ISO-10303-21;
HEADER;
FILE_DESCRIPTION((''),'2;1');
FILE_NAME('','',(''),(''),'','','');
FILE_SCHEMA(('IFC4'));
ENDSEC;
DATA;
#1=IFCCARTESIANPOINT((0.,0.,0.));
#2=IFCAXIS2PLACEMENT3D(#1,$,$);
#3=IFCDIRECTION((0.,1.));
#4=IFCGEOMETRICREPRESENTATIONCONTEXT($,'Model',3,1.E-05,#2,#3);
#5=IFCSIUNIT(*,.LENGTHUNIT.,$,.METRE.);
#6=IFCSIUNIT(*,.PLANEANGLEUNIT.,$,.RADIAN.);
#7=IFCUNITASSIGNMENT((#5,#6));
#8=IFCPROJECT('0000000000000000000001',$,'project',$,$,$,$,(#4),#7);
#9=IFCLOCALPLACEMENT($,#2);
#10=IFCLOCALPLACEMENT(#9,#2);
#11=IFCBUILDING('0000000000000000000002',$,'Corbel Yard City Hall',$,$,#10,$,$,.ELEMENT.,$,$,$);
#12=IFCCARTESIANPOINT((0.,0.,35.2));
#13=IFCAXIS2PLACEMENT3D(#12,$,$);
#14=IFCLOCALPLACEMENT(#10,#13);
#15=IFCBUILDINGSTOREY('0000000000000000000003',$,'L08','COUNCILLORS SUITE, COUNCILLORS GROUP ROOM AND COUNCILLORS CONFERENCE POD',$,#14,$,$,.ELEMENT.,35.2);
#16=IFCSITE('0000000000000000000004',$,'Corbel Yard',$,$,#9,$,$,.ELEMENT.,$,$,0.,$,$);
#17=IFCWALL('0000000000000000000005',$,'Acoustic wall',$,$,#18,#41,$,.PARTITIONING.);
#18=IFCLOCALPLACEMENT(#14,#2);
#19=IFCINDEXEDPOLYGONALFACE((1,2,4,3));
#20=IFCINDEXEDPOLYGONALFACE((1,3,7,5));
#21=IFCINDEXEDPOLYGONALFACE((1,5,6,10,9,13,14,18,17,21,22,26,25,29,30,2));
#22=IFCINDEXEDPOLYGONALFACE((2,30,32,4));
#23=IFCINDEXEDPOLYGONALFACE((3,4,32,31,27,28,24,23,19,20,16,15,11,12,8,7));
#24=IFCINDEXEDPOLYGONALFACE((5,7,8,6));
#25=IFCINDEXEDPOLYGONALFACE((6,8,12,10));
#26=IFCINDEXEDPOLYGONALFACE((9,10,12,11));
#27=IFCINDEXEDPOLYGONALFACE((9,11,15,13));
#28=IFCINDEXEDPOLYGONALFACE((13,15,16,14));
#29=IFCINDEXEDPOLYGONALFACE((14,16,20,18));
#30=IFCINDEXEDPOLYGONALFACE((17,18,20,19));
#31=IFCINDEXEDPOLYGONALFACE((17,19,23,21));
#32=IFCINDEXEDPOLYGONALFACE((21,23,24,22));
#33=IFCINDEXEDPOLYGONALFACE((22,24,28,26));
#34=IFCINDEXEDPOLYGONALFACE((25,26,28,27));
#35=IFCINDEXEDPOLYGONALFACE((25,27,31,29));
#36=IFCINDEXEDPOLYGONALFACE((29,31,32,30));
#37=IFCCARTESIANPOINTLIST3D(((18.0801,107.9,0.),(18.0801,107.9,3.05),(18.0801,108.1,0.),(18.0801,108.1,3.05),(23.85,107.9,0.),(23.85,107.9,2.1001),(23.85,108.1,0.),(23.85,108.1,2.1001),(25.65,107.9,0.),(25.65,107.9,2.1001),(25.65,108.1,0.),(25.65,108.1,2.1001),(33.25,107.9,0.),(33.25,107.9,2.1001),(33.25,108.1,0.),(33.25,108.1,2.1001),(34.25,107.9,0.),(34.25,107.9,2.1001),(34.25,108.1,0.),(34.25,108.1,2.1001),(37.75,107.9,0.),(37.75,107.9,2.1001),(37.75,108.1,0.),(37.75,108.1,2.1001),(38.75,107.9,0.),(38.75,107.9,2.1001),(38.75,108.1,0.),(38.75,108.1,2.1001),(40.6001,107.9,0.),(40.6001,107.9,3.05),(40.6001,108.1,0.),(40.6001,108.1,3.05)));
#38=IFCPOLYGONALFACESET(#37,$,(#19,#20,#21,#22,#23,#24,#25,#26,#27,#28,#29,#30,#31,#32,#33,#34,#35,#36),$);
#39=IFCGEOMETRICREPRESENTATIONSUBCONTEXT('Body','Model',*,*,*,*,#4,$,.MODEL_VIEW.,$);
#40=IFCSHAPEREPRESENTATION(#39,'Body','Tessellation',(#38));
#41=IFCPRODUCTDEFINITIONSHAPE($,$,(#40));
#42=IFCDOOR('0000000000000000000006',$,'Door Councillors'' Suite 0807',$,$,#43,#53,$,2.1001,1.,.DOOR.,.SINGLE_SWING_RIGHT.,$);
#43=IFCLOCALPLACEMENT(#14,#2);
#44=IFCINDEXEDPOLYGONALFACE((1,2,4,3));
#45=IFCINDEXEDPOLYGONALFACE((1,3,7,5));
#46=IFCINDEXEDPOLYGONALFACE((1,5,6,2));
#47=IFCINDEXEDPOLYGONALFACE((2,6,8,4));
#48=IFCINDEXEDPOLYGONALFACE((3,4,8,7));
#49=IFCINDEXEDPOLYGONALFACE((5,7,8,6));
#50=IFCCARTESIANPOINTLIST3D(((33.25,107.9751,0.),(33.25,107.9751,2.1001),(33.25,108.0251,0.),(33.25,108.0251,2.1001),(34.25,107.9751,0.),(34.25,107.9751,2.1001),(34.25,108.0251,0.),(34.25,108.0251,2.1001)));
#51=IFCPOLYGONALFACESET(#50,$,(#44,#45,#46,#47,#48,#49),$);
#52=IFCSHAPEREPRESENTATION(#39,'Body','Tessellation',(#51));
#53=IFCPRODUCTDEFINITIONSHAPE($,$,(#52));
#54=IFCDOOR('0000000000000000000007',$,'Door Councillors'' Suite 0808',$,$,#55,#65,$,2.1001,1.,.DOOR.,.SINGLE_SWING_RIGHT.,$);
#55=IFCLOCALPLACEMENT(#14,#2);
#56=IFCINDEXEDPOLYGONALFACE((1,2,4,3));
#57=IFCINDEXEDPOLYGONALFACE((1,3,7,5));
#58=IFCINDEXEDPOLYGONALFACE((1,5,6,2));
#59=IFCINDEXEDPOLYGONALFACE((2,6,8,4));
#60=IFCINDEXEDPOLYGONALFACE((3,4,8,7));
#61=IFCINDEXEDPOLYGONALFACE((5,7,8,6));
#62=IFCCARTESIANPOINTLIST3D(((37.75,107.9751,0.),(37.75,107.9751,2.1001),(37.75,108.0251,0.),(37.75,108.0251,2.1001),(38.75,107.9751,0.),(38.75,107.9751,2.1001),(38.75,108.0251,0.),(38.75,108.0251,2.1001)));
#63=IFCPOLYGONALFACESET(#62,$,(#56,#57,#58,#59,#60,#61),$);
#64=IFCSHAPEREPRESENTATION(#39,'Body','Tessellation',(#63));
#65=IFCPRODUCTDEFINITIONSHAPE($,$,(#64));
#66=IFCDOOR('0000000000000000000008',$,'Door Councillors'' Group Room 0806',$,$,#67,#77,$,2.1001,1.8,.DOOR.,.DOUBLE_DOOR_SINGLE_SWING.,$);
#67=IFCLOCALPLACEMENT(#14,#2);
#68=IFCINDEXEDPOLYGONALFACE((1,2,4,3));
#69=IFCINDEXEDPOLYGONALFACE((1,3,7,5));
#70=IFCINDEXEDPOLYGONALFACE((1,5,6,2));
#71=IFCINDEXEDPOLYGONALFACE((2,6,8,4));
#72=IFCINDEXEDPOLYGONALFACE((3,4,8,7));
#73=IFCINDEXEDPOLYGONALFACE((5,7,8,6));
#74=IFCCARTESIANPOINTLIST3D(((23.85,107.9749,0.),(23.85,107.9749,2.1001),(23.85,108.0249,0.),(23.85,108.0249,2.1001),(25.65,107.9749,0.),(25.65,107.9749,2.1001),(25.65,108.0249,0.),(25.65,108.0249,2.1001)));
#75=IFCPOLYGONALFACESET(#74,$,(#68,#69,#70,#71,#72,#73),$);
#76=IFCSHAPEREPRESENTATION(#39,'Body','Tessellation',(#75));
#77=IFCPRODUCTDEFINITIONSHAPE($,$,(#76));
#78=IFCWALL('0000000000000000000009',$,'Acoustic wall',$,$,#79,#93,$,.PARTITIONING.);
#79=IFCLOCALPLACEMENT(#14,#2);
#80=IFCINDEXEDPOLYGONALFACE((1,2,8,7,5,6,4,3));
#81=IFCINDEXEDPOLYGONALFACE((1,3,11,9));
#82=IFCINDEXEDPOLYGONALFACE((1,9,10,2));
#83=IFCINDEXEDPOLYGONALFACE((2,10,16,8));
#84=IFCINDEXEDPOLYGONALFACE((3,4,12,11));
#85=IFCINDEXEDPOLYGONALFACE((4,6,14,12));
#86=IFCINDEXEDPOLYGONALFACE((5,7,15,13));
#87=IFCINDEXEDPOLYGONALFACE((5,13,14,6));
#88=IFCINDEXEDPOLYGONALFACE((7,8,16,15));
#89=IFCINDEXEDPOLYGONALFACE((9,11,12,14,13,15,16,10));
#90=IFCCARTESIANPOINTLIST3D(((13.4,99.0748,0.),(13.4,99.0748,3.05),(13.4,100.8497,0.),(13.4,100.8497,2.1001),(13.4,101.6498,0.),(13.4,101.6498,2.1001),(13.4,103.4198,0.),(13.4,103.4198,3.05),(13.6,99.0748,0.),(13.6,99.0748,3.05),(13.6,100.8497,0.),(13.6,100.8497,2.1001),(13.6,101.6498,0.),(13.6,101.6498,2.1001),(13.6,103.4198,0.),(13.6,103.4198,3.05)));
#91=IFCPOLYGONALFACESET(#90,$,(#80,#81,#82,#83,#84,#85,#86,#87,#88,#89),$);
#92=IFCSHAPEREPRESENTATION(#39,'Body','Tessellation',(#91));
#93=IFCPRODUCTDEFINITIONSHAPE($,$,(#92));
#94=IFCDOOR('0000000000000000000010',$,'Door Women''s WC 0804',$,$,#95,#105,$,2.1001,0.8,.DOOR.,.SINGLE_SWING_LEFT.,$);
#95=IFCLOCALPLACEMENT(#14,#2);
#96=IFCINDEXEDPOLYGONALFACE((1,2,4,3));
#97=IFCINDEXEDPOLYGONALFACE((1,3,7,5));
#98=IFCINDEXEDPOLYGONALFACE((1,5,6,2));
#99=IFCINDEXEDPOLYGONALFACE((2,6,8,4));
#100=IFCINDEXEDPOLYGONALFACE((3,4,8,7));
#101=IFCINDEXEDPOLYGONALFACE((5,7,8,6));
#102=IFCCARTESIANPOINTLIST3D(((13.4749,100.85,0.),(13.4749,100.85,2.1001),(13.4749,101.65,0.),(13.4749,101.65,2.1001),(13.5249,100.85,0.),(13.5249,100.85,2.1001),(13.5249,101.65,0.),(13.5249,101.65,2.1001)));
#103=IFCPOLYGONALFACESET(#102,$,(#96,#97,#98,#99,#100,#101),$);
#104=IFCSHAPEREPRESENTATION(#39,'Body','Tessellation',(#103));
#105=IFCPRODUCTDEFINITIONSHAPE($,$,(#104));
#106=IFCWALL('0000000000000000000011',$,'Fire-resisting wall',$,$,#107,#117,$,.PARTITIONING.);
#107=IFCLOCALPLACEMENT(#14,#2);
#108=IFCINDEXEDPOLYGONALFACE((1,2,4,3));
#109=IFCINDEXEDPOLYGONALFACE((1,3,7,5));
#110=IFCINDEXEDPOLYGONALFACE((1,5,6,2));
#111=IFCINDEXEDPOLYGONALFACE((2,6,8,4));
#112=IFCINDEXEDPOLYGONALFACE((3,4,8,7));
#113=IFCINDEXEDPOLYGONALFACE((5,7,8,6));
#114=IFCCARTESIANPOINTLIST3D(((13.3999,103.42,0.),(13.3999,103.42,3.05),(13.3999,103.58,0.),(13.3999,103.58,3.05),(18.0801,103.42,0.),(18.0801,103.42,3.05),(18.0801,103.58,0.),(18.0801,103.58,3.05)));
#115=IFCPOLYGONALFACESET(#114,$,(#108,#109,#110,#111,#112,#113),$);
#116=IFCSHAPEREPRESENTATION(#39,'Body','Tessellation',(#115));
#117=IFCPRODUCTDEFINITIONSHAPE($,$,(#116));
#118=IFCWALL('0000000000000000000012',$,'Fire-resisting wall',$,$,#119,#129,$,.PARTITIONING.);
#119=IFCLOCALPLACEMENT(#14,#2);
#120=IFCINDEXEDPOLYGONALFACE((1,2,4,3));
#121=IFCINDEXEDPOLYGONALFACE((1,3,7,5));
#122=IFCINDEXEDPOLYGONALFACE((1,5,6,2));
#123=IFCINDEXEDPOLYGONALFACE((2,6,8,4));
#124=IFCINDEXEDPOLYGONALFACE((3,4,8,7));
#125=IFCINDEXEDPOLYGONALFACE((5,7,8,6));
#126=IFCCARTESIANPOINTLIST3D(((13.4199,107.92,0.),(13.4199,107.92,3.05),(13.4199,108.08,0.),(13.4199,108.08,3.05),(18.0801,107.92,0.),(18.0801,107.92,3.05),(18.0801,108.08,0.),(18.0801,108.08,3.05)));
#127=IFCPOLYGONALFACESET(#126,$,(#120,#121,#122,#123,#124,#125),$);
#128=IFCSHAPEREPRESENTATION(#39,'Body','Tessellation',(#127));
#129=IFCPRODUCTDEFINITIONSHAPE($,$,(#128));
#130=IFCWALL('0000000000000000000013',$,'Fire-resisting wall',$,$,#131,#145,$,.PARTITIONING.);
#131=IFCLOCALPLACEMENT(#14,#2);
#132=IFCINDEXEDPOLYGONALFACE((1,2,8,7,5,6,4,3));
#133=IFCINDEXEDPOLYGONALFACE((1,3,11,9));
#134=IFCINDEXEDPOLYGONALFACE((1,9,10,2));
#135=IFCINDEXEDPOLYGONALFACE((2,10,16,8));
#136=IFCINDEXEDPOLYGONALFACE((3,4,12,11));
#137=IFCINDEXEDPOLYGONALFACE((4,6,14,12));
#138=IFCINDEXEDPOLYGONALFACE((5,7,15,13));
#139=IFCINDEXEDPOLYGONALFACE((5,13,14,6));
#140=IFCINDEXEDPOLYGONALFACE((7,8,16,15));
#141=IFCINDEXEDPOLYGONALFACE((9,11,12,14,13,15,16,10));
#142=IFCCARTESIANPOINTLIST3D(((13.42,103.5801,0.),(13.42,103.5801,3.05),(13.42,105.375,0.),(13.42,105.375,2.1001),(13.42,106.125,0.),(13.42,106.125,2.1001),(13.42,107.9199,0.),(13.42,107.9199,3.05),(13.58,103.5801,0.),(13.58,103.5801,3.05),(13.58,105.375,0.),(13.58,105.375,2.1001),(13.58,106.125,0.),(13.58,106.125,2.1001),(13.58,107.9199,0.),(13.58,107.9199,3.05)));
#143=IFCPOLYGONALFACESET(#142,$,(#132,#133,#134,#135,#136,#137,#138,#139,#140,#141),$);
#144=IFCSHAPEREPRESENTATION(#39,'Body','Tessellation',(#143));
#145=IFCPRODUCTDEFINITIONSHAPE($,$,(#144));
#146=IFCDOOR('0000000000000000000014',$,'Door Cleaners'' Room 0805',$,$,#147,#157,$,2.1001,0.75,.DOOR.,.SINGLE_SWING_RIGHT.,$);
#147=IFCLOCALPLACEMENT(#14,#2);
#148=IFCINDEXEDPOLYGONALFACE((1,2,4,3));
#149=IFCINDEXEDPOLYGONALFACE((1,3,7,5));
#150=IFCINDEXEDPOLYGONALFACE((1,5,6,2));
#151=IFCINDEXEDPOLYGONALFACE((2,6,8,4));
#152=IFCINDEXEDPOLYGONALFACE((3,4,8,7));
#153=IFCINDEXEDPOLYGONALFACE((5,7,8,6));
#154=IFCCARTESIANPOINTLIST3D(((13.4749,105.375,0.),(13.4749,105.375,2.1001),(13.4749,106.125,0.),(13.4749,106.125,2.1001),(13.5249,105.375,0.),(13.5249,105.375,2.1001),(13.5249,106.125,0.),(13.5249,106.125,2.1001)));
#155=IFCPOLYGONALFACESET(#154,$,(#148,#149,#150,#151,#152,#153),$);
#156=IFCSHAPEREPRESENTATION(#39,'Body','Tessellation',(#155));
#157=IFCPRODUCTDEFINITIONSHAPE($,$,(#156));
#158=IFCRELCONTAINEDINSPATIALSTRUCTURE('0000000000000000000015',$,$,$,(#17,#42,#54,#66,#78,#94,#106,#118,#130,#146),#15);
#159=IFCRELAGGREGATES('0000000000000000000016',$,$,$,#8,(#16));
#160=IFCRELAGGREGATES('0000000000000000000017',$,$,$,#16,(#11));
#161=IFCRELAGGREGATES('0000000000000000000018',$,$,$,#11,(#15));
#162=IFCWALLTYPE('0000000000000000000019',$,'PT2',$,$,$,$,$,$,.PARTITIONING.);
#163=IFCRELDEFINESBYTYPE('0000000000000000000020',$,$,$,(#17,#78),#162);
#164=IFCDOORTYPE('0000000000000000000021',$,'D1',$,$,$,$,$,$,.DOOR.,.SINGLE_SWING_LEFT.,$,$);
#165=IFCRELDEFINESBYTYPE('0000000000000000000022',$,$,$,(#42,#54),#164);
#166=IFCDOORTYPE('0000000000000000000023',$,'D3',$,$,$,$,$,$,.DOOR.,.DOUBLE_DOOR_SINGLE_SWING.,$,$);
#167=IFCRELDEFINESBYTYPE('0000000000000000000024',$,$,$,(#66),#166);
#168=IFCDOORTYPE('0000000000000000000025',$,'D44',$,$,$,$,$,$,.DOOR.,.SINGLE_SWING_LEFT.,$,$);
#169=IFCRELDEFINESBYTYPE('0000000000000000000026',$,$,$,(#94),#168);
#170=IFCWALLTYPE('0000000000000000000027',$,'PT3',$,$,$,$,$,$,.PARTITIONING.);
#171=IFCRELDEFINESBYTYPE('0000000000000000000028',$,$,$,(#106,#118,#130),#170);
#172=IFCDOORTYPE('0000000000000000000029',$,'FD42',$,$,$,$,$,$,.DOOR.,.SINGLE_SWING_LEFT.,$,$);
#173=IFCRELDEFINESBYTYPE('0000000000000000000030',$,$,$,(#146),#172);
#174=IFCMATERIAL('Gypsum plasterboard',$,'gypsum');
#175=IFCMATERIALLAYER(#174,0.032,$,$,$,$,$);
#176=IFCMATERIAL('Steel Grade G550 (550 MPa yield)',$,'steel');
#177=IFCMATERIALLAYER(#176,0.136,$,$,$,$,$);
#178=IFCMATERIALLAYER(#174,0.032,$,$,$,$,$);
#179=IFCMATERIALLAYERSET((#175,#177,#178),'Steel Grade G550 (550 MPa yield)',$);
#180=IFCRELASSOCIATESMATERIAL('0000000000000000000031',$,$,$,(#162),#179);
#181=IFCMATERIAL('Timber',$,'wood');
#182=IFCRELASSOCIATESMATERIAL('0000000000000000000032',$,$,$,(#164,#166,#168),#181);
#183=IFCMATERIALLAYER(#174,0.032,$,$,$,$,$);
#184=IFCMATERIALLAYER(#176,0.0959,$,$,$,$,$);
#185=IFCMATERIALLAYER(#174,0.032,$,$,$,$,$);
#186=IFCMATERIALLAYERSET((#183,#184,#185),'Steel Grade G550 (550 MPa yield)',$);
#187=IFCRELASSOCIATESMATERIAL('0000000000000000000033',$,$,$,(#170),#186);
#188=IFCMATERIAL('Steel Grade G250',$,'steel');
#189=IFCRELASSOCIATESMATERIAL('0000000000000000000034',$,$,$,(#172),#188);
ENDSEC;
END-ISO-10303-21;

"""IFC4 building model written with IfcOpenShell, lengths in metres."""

from ifc_helpers import new_model, si_unit, direction, frame, frame_2d, origin, place, context, subcontext, project, spatial, rectangle, extrude, material, layer, layer_set, type_object, element, fill, save


model = new_model("IFC4")

# Units and contexts
model_context = context("Model", 3, precision=1e-05, world=origin(), true_north=direction((0.0, 1.0)))
body_context = subcontext(model_context, "Body", "Model", "MODEL_VIEW")
ifc_project = project(units=[si_unit("LENGTHUNIT", "METRE"), si_unit("PLANEANGLEUNIT", "RADIAN")], contexts=[model_context])

# Site, building, storey
site_placement = place(None, origin())
site = spatial("IfcSite", under=ifc_project, at=site_placement, Name="Corbel Yard", CompositionType="ELEMENT", RefElevation=0.0)
building_placement = place(site_placement, origin())
building = spatial("IfcBuilding", under=site, at=building_placement, Name="Corbel Yard City Hall", CompositionType="ELEMENT")
storey_placement = place(building_placement, frame((0.0, 0.0, 35.2)))
storey = spatial("IfcBuildingStorey", under=building, at=storey_placement, Name="L08", Description="COUNCILLORS SUITE, COUNCILLORS GROUP ROOM AND COUNCILLORS CONFERENCE POD", CompositionType="ELEMENT", Elevation=35.2)

# Shared definitions
ifc_material_1 = material(Name="Gypsum plasterboard", Category="gypsum")
ifc_material_2 = material(Name="Steel Grade G550 (550 MPa yield)", Category="steel")

# Wall, openings, doors
ifc_layer_1 = layer(ifc_material_1, 0.032)
ifc_layer_2 = layer(ifc_material_2, 0.136)
ifc_layer_3 = layer(ifc_material_1, 0.032)
ifc_layer_set_1 = layer_set([ifc_layer_1, ifc_layer_2, ifc_layer_3], Name="Steel Grade G550 (550 MPa yield)")
wall_type_1 = type_object("IfcWallType", Name="PT2", PredefinedType="PARTITIONING", material=ifc_layer_set_1)
wall_1_placement = place(storey_placement, frame((18.0801, 108.0, 0.0), z_axis=(0.0, 0.0, 1.0), x_axis=(1.0, 0.0, 0.0)))
wall_1 = element("IfcWall", 1, at=wall_1_placement, inside=storey, type_object=wall_type_1, Name="Acoustic wall", PredefinedType="PARTITIONING", context=body_context, shape_type="SweptSolid", body=[
    extrude(rectangle(XDim=22.52, YDim=0.2, at=frame_2d((11.26, 0.0))), origin(), (0.0, 0.0, 1.0), 3.05),
])
opening_1_placement = place(wall_1_placement, frame((5.77, 0.0, 0.0)))
opening_1 = element("IfcOpeningElement", 2, at=opening_1_placement, cuts=wall_1, PredefinedType="OPENING", context=body_context, shape_type="SweptSolid", body=[
    extrude(rectangle(XDim=1.8, YDim=2.1001, at=frame_2d((0.8999, 1.05))), frame((0.0, 0.1099, 0.0), z_axis=(0.0, -1.0, 0.0), x_axis=(1.0, 0.0, 0.0)), (0.0, 0.0, 1.0), 0.22),
])
opening_2_placement = place(wall_1_placement, frame((15.1699, 0.0, 0.0)))
opening_2 = element("IfcOpeningElement", 3, at=opening_2_placement, cuts=wall_1, PredefinedType="OPENING", context=body_context, shape_type="SweptSolid", body=[
    extrude(rectangle(XDim=1.0, YDim=2.1001, at=frame_2d((0.5, 1.05))), frame((0.0, 0.1099, 0.0), z_axis=(0.0, -1.0, 0.0), x_axis=(1.0, 0.0, 0.0)), (0.0, 0.0, 1.0), 0.22),
])
opening_3_placement = place(wall_1_placement, frame((19.6699, 0.0, 0.0)))
opening_3 = element("IfcOpeningElement", 4, at=opening_3_placement, cuts=wall_1, PredefinedType="OPENING", context=body_context, shape_type="SweptSolid", body=[
    extrude(rectangle(XDim=1.0, YDim=2.1001, at=frame_2d((0.5, 1.05))), frame((0.0, 0.1099, 0.0), z_axis=(0.0, -1.0, 0.0), x_axis=(1.0, 0.0, 0.0)), (0.0, 0.0, 1.0), 0.22),
])
ifc_material_3 = material(Name="Timber", Category="wood")
door_type_1 = type_object("IfcDoorType", Name="D1", OperationType="SINGLE_SWING_LEFT", PredefinedType="DOOR", material=ifc_material_3)
door_1_placement = place(opening_2_placement, frame((1.0, 0.0, 0.0), z_axis=(0.0, 0.0, 1.0), x_axis=(-1.0, 0.0, 0.0)))
door_1 = element("IfcDoor", 5, at=door_1_placement, inside=storey, type_object=door_type_1, Name="Door Councillors' Suite 0807", OperationType="SINGLE_SWING_RIGHT", OverallHeight=2.1001, OverallWidth=1.0, PredefinedType="DOOR", context=body_context, shape_type="SweptSolid", body=[
    extrude(rectangle(XDim=1.0, YDim=2.1001, at=frame_2d((0.5, 1.05))), frame((0.0, 0.0249, 0.0), z_axis=(0.0, -1.0, 0.0), x_axis=(1.0, 0.0, 0.0)), (0.0, 0.0, 1.0), 0.05),
])
fill(opening_2, door_1)
door_2_placement = place(opening_3_placement, frame((1.0, 0.0, 0.0), z_axis=(0.0, 0.0, 1.0), x_axis=(-1.0, 0.0, 0.0)))
door_2 = element("IfcDoor", 6, at=door_2_placement, inside=storey, type_object=door_type_1, Name="Door Councillors' Suite 0808", OperationType="SINGLE_SWING_RIGHT", OverallHeight=2.1001, OverallWidth=1.0, PredefinedType="DOOR", context=body_context, shape_type="SweptSolid", body=[
    extrude(rectangle(XDim=1.0, YDim=2.1001, at=frame_2d((0.5, 1.05))), frame((0.0, 0.0249, 0.0), z_axis=(0.0, -1.0, 0.0), x_axis=(1.0, 0.0, 0.0)), (0.0, 0.0, 1.0), 0.05),
])
fill(opening_3, door_2)
door_type_2 = type_object("IfcDoorType", Name="D3", OperationType="DOUBLE_DOOR_SINGLE_SWING", PredefinedType="DOOR", material=ifc_material_3)
door_3_placement = place(opening_1_placement, origin())
door_3 = element("IfcDoor", 7, at=door_3_placement, inside=storey, type_object=door_type_2, Name="Door Councillors' Group Room 0806", OperationType="DOUBLE_DOOR_SINGLE_SWING", OverallHeight=2.1001, OverallWidth=1.8, PredefinedType="DOOR", context=body_context, shape_type="SweptSolid", body=[
    extrude(rectangle(XDim=1.8, YDim=2.1001, at=frame_2d((0.8999, 1.05))), frame((0.0, 0.0249, 0.0), z_axis=(0.0, -1.0, 0.0), x_axis=(1.0, 0.0, 0.0)), (0.0, 0.0, 1.0), 0.05),
])
fill(opening_1, door_3)

# Wall, opening, door
wall_2_placement = place(storey_placement, frame((13.5, 99.075, 0.0), z_axis=(0.0, 0.0, 1.0), x_axis=(0.0, 1.0, 0.0)))
wall_2 = element("IfcWall", 8, at=wall_2_placement, inside=storey, type_object=wall_type_1, Name="Acoustic wall", PredefinedType="PARTITIONING", context=body_context, shape_type="SweptSolid", body=[
    extrude(rectangle(XDim=4.345, YDim=0.2, at=frame_2d((2.1724, 0.0))), origin(), (0.0, 0.0, 1.0), 3.05),
])
opening_4_placement = place(wall_2_placement, frame((1.7749, 0.0, 0.0)))
opening_4 = element("IfcOpeningElement", 9, at=opening_4_placement, cuts=wall_2, PredefinedType="OPENING", context=body_context, shape_type="SweptSolid", body=[
    extrude(rectangle(XDim=0.8, YDim=2.1001, at=frame_2d((0.3999, 1.05))), frame((0.0, 0.1099, 0.0), z_axis=(0.0, -1.0, 0.0), x_axis=(1.0, 0.0, 0.0)), (0.0, 0.0, 1.0), 0.22),
])
door_type_3 = type_object("IfcDoorType", Name="D44", OperationType="SINGLE_SWING_LEFT", PredefinedType="DOOR", material=ifc_material_3)
door_4_placement = place(opening_4_placement, frame((0.8, 0.0, 0.0), z_axis=(0.0, 0.0, 1.0), x_axis=(-1.0, 0.0, 0.0)))
door_4 = element("IfcDoor", 10, at=door_4_placement, inside=storey, type_object=door_type_3, Name="Door Women's WC 0804", OperationType="SINGLE_SWING_LEFT", OverallHeight=2.1001, OverallWidth=0.8, PredefinedType="DOOR", context=body_context, shape_type="SweptSolid", body=[
    extrude(rectangle(XDim=0.8, YDim=2.1001, at=frame_2d((0.3999, 1.05))), frame((0.0, 0.0249, 0.0), z_axis=(0.0, -1.0, 0.0), x_axis=(1.0, 0.0, 0.0)), (0.0, 0.0, 1.0), 0.05),
])
fill(opening_4, door_4)

# Walls
ifc_layer_4 = layer(ifc_material_1, 0.032)
ifc_layer_5 = layer(ifc_material_2, 0.0959)
ifc_layer_6 = layer(ifc_material_1, 0.032)
ifc_layer_set_2 = layer_set([ifc_layer_4, ifc_layer_5, ifc_layer_6], Name="Steel Grade G550 (550 MPa yield)")
wall_type_2 = type_object("IfcWallType", Name="PT3", PredefinedType="PARTITIONING", material=ifc_layer_set_2)
wall_3_placement = place(storey_placement, frame((13.3999, 103.5, 0.0), z_axis=(0.0, 0.0, 1.0), x_axis=(1.0, 0.0, 0.0)))
element("IfcWall", 11, at=wall_3_placement, inside=storey, type_object=wall_type_2, Name="Fire-resisting wall", PredefinedType="PARTITIONING", context=body_context, shape_type="SweptSolid", body=[
    extrude(rectangle(XDim=4.6802, YDim=0.1599, at=frame_2d((2.3401, 0.0))), origin(), (0.0, 0.0, 1.0), 3.05),
])
wall_4_placement = place(storey_placement, frame((13.4199, 108.0, 0.0), z_axis=(0.0, 0.0, 1.0), x_axis=(1.0, 0.0, 0.0)))
element("IfcWall", 12, at=wall_4_placement, inside=storey, type_object=wall_type_2, Name="Fire-resisting wall", PredefinedType="PARTITIONING", context=body_context, shape_type="SweptSolid", body=[
    extrude(rectangle(XDim=4.6602, YDim=0.1599, at=frame_2d((2.3301, 0.0))), origin(), (0.0, 0.0, 1.0), 3.05),
])

# Wall, opening, door
wall_5_placement = place(storey_placement, frame((13.5, 103.5801, 0.0), z_axis=(0.0, 0.0, 1.0), x_axis=(0.0, 1.0, 0.0)))
wall_5 = element("IfcWall", 13, at=wall_5_placement, inside=storey, type_object=wall_type_2, Name="Fire-resisting wall", PredefinedType="PARTITIONING", context=body_context, shape_type="SweptSolid", body=[
    extrude(rectangle(XDim=4.3398, YDim=0.1599, at=frame_2d((2.1699, 0.0))), origin(), (0.0, 0.0, 1.0), 3.05),
])
opening_5_placement = place(wall_5_placement, frame((1.7949, 0.0, 0.0)))
opening_5 = element("IfcOpeningElement", 14, at=opening_5_placement, cuts=wall_5, PredefinedType="OPENING", context=body_context, shape_type="SweptSolid", body=[
    extrude(rectangle(XDim=0.75, YDim=2.1001, at=frame_2d((0.375, 1.05))), frame((0.0, 0.0898, 0.0), z_axis=(0.0, -1.0, 0.0), x_axis=(1.0, 0.0, 0.0)), (0.0, 0.0, 1.0), 0.1799),
])
ifc_material_4 = material(Name="Steel Grade G250", Category="steel")
door_type_4 = type_object("IfcDoorType", Name="FD42", OperationType="SINGLE_SWING_LEFT", PredefinedType="DOOR", material=ifc_material_4)
door_5_placement = place(opening_5_placement, frame((0.75, 0.0, 0.0), z_axis=(0.0, 0.0, 1.0), x_axis=(-1.0, 0.0, 0.0)))
door_5 = element("IfcDoor", 15, at=door_5_placement, inside=storey, type_object=door_type_4, Name="Door Cleaners' Room 0805", OperationType="SINGLE_SWING_RIGHT", OverallHeight=2.1001, OverallWidth=0.75, PredefinedType="DOOR", context=body_context, shape_type="SweptSolid", body=[
    extrude(rectangle(XDim=0.75, YDim=2.1001, at=frame_2d((0.375, 1.05))), frame((0.0, 0.0249, 0.0), z_axis=(0.0, -1.0, 0.0), x_axis=(1.0, 0.0, 0.0)), (0.0, 0.0, 1.0), 0.05),
])
fill(opening_5, door_5)

save(model, "model.ifc")
